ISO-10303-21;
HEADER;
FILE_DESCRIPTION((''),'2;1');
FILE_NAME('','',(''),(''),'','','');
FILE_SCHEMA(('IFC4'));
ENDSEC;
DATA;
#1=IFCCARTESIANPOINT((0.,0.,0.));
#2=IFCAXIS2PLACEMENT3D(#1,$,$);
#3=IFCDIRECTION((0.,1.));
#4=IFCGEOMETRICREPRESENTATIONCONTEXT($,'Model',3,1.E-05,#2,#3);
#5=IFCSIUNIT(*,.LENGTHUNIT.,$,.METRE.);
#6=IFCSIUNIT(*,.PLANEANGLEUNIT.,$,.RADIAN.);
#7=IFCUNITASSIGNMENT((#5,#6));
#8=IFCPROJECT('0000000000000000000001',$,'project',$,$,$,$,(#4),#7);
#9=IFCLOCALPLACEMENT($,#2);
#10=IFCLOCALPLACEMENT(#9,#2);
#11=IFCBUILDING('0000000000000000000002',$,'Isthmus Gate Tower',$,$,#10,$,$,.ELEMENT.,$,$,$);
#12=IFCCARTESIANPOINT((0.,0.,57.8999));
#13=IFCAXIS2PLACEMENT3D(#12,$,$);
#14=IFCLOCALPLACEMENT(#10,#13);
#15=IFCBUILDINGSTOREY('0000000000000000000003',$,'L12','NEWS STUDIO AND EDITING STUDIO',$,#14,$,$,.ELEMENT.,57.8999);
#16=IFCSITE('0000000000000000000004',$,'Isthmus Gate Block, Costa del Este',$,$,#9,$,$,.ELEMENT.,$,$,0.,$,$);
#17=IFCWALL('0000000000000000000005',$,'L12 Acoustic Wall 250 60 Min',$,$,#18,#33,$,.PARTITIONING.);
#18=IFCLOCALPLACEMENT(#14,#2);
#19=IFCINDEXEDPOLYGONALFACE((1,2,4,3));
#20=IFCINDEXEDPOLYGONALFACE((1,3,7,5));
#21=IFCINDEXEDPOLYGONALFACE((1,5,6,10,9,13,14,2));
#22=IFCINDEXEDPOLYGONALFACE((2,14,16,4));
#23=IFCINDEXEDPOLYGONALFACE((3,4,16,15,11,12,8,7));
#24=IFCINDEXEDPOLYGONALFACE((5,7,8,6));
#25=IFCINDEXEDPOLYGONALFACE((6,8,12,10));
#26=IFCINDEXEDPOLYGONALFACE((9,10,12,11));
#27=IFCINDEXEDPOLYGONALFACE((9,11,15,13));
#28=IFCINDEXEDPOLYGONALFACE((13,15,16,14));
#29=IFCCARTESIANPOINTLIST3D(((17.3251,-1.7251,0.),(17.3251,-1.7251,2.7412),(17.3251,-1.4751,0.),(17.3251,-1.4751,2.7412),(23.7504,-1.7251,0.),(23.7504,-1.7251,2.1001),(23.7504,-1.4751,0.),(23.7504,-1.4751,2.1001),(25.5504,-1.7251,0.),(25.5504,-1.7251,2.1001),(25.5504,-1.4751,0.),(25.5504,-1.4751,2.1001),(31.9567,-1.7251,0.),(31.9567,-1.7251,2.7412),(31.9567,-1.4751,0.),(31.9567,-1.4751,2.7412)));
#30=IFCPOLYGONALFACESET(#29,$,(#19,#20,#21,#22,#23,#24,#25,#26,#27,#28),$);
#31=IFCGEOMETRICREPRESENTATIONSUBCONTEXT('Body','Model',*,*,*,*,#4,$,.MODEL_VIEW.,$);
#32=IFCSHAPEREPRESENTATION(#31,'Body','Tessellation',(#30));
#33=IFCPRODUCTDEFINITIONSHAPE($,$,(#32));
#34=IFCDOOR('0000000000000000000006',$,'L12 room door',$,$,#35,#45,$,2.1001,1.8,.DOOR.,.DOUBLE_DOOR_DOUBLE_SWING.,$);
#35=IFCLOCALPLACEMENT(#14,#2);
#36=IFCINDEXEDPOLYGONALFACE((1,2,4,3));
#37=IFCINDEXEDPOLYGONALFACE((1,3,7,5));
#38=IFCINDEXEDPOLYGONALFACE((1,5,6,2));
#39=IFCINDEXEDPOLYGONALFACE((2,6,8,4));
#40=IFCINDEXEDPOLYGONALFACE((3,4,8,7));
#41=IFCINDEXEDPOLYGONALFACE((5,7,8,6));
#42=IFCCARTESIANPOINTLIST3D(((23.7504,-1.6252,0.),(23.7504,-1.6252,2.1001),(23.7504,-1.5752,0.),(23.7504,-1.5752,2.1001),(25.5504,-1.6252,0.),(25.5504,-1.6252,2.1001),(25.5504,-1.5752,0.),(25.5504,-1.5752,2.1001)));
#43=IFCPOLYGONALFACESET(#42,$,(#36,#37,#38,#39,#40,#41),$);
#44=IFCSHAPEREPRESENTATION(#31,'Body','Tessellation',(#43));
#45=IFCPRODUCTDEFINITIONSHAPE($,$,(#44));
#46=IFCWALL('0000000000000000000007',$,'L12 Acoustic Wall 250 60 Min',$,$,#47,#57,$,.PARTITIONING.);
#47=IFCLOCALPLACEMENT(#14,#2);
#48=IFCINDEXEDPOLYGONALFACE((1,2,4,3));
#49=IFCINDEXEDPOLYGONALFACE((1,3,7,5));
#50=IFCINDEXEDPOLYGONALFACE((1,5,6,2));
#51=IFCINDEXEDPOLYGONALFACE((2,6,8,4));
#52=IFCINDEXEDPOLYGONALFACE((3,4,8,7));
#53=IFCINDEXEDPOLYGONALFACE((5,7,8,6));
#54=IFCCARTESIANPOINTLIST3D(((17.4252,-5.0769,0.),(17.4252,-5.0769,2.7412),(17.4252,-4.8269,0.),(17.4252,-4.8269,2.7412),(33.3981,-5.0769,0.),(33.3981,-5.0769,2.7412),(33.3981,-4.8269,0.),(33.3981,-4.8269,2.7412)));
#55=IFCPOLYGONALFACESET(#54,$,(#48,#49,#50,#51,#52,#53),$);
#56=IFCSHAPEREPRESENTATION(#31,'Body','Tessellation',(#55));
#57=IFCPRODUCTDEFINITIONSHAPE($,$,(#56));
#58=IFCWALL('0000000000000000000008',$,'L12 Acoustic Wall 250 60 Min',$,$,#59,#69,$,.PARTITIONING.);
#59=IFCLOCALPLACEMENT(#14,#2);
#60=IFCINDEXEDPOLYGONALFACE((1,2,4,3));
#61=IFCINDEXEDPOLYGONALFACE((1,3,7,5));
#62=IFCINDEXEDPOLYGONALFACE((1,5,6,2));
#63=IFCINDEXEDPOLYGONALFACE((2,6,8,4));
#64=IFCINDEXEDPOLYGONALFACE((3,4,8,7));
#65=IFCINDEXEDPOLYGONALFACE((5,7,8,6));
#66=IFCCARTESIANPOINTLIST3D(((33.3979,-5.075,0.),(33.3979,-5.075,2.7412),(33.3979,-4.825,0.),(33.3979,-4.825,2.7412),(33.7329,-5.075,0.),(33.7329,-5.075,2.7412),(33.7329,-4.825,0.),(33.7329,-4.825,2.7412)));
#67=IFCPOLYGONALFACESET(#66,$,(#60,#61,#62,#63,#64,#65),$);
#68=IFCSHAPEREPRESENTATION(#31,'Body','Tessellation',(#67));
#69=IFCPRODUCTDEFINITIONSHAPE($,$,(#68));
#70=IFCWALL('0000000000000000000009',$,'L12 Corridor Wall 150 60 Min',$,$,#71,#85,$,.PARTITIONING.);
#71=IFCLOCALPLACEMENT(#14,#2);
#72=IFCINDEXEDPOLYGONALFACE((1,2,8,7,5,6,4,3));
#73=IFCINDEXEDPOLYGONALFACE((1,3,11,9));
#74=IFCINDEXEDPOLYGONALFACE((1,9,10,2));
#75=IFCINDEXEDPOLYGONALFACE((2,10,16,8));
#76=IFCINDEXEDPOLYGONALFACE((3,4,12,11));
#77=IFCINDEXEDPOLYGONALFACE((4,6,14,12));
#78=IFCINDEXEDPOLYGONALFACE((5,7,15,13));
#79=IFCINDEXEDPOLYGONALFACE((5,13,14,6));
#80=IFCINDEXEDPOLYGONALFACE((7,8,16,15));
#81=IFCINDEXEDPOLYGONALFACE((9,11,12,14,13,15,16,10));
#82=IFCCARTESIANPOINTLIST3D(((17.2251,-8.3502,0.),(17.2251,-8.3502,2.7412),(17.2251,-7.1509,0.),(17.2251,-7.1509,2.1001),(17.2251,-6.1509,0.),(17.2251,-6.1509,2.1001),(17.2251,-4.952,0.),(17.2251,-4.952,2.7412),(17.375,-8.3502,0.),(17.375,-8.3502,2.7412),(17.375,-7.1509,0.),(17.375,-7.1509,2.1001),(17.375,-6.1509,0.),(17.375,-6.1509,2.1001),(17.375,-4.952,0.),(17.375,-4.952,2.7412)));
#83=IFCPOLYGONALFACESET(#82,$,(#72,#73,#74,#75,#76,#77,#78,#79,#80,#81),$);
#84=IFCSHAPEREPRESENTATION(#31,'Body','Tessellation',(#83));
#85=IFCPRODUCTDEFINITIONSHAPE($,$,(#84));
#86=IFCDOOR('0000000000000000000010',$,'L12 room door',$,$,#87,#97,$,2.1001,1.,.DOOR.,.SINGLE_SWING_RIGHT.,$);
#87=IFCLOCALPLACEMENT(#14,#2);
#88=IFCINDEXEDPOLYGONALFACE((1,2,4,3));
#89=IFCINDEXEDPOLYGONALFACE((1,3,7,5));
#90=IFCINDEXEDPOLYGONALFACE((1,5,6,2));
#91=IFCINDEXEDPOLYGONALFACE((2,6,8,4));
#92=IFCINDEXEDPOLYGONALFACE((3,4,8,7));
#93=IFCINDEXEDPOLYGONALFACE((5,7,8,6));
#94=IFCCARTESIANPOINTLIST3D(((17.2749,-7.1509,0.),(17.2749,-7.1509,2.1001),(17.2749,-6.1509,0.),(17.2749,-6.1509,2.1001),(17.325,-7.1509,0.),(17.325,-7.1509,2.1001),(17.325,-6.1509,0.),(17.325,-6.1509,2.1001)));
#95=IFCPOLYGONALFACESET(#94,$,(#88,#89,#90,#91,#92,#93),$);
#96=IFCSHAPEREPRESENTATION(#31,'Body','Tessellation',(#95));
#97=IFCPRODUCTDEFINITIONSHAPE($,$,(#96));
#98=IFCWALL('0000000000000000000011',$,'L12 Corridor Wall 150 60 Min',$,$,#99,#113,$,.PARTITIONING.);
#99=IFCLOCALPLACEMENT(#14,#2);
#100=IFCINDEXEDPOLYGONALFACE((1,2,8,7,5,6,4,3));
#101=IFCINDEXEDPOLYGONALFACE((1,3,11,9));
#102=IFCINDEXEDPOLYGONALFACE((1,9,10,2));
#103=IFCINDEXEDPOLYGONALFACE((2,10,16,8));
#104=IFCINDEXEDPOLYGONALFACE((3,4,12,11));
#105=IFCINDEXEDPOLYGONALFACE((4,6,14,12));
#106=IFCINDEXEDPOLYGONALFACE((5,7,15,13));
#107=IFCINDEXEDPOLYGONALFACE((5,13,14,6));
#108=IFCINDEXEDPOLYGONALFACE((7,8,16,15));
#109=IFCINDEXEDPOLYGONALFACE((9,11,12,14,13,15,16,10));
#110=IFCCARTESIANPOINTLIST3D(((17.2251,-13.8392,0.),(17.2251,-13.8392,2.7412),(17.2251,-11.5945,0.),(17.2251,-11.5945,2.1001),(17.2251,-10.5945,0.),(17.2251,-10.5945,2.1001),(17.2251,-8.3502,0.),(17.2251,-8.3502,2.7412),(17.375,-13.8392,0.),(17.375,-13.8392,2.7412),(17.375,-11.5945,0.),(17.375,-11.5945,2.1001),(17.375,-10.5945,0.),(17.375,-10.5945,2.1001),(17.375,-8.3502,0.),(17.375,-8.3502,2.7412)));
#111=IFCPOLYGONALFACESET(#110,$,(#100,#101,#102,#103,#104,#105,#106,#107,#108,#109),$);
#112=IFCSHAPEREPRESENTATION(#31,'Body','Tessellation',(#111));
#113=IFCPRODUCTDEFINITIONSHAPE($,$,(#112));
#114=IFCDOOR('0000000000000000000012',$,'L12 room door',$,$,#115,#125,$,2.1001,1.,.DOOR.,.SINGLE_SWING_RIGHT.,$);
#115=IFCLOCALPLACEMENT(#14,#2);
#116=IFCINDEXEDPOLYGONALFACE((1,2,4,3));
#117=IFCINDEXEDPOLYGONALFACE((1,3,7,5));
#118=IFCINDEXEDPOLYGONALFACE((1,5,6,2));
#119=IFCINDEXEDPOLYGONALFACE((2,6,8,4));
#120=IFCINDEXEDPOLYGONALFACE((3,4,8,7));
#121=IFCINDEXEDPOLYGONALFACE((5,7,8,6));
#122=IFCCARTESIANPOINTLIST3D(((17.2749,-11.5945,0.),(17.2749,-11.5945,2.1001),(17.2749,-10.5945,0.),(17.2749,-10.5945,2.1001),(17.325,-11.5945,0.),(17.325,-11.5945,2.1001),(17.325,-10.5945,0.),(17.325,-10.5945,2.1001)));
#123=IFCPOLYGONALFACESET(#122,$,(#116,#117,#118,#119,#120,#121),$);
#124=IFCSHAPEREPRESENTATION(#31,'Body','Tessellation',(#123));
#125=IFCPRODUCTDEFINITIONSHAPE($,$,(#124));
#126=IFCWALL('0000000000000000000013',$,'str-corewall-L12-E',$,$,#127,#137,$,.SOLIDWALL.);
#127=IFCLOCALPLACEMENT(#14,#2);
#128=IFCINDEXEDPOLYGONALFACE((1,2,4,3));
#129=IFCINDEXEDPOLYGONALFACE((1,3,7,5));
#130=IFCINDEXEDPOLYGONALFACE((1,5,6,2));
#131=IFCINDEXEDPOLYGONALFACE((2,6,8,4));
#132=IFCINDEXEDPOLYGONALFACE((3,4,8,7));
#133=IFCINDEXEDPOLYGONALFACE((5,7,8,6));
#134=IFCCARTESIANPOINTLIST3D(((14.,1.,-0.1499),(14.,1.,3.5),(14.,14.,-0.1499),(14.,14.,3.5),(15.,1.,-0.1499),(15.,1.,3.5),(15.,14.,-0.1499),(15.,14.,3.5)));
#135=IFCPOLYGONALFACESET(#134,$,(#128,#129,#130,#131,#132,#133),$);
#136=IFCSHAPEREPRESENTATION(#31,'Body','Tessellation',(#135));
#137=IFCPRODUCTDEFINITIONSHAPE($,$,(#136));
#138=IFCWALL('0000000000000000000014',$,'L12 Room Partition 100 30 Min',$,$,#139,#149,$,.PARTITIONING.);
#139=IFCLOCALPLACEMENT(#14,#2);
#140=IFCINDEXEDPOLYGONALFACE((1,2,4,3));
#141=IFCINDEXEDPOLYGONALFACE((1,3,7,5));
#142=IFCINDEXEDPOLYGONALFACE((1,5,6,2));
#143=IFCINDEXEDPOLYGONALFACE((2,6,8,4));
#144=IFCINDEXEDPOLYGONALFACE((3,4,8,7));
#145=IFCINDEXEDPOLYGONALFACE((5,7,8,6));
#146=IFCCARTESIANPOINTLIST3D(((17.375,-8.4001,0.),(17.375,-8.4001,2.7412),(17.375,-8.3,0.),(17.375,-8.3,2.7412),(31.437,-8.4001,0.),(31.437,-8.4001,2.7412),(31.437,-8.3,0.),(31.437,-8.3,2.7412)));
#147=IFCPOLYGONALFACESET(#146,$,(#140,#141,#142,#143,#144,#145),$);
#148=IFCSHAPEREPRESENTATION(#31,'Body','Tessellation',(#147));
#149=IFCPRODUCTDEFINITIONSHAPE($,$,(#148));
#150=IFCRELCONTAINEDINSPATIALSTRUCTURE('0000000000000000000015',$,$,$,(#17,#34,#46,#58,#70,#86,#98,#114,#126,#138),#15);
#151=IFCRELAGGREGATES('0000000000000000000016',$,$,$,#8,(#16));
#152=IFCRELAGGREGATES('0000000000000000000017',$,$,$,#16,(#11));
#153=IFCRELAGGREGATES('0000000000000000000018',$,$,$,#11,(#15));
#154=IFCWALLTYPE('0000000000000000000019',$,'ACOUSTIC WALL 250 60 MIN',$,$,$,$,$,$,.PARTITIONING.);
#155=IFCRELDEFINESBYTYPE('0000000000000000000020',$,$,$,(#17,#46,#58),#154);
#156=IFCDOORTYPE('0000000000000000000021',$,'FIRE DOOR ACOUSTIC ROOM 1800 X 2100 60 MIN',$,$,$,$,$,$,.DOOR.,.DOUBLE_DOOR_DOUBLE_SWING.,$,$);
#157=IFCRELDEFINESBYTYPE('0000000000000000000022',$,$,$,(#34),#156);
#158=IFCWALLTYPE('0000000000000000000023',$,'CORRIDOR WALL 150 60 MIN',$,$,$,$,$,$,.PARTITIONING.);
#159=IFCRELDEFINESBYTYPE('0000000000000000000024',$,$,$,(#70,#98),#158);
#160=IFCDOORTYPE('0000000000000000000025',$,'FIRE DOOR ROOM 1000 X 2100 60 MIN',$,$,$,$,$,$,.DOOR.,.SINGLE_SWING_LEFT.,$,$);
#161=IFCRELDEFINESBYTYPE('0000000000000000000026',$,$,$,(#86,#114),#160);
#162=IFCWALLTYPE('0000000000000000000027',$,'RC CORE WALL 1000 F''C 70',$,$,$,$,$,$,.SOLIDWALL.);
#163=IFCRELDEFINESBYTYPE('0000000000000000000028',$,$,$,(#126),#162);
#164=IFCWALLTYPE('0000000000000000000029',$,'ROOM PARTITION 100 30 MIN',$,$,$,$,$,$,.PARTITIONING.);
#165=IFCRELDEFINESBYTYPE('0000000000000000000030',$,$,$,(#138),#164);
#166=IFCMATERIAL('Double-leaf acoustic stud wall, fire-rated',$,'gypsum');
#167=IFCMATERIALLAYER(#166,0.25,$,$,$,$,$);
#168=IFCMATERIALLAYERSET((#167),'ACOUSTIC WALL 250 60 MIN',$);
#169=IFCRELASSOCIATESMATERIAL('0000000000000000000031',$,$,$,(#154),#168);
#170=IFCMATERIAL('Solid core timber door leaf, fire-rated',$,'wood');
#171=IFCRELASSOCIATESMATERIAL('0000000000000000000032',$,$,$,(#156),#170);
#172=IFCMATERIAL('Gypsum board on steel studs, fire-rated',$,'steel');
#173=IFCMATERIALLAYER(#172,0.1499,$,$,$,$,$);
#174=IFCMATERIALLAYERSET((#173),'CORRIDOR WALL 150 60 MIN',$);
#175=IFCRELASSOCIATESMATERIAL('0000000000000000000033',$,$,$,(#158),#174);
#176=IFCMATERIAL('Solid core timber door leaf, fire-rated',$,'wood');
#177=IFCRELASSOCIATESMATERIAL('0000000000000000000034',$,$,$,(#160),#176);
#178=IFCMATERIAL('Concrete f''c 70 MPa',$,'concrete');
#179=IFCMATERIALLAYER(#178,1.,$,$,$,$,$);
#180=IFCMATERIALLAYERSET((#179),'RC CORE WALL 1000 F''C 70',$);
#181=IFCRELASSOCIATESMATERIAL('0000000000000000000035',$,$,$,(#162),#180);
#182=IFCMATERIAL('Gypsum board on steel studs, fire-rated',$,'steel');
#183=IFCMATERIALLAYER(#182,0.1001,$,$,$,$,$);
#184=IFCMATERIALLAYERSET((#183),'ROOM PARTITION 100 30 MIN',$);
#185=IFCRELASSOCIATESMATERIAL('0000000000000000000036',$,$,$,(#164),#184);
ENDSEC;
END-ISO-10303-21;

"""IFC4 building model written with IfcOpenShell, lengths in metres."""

from ifc_helpers import new_model, si_unit, direction, frame, frame_2d, origin, place, context, subcontext, project, spatial, rectangle, extrude, material, layer, layer_set, type_object, element, fill, save


model = new_model("IFC4")

# Units and contexts
model_context = context("Model", 3, precision=1e-05, world=origin(), true_north=direction((0.0, 1.0)))
body_context = subcontext(model_context, "Body", "Model", "MODEL_VIEW")
ifc_project = project(units=[si_unit("LENGTHUNIT", "METRE"), si_unit("PLANEANGLEUNIT", "RADIAN")], contexts=[model_context])

# Site, building, storey
site_placement = place(None, origin())
site = spatial("IfcSite", under=ifc_project, at=site_placement, Name="Isthmus Gate Block, Costa del Este", CompositionType="ELEMENT", RefElevation=0.0)
building_placement = place(site_placement, origin())
building = spatial("IfcBuilding", under=site, at=building_placement, Name="Isthmus Gate Tower", CompositionType="ELEMENT")
storey_placement = place(building_placement, frame((0.0, 0.0, 57.8999)))
storey = spatial("IfcBuildingStorey", under=building, at=storey_placement, Name="L12", Description="NEWS STUDIO AND EDITING STUDIO", CompositionType="ELEMENT", Elevation=57.8999)

# Shared definitions
ifc_material_1 = material(Name="Double-leaf acoustic stud wall, fire-rated", Category="gypsum")
ifc_layer_1 = layer(ifc_material_1, 0.25)
ifc_layer_set_1 = layer_set([ifc_layer_1], Name="ACOUSTIC WALL 250 60 MIN")
wall_type_1 = type_object("IfcWallType", Name="ACOUSTIC WALL 250 60 MIN", PredefinedType="PARTITIONING", material=ifc_layer_set_1)

# Shared definitions
ifc_material_2 = material(Name="Solid core timber door leaf, fire-rated", Category="wood")
door_type_1 = type_object("IfcDoorType", Name="FIRE DOOR ACOUSTIC ROOM 1800 X 2100 60 MIN", OperationType="DOUBLE_DOOR_DOUBLE_SWING", PredefinedType="DOOR", material=ifc_material_2)

# Wall, opening, door
wall_1_placement = place(storey_placement, frame((17.325, -1.6001, 0.0), z_axis=(0.0, 0.0, 1.0), x_axis=(1.0, 0.0, 0.0)))
wall_1 = element("IfcWall", 1, at=wall_1_placement, inside=storey, type_object=wall_type_1, Name="L12 Acoustic Wall 250 60 Min", PredefinedType="PARTITIONING", context=body_context, shape_type="SweptSolid", body=[
    extrude(rectangle(XDim=14.6316, YDim=0.25, at=frame_2d((7.3159, 0.0))), origin(), (0.0, 0.0, 1.0), 2.7412),
])
opening_1_placement = place(wall_1_placement, frame((6.4255, 0.0, 0.0)))
opening_1 = element("IfcOpeningElement", 2, at=opening_1_placement, cuts=wall_1, PredefinedType="OPENING", context=body_context, shape_type="SweptSolid", body=[
    extrude(rectangle(XDim=1.8, YDim=2.1001, at=frame_2d((0.8999, 1.05))), frame((0.0, 0.135, 0.0), z_axis=(0.0, -1.0, 0.0), x_axis=(1.0, 0.0, 0.0)), (0.0, 0.0, 1.0), 0.27),
])
door_1_placement = place(opening_1_placement, origin())
door_1 = element("IfcDoor", 3, at=door_1_placement, inside=storey, type_object=door_type_1, Name="L12 room door", OperationType="DOUBLE_DOOR_DOUBLE_SWING", OverallHeight=2.1001, OverallWidth=1.8, PredefinedType="DOOR", context=body_context, shape_type="SweptSolid", body=[
    extrude(rectangle(XDim=1.8, YDim=2.1001, at=frame_2d((0.8999, 1.05))), frame((0.0, 0.0249, 0.0), z_axis=(0.0, -1.0, 0.0), x_axis=(1.0, 0.0, 0.0)), (0.0, 0.0, 1.0), 0.05),
])
fill(opening_1, door_1)

# Walls
wall_2_placement = place(storey_placement, frame((33.3979, -4.9519, 0.0), z_axis=(0.0, 0.0, 1.0), x_axis=(-1.0, 0.0, 0.0)))
element("IfcWall", 4, at=wall_2_placement, inside=storey, type_object=wall_type_1, Name="L12 Acoustic Wall 250 60 Min", PredefinedType="PARTITIONING", context=body_context, shape_type="SweptSolid", body=[
    extrude(rectangle(XDim=15.9729, YDim=0.25, at=frame_2d((7.9863, 0.0))), origin(), (0.0, 0.0, 1.0), 2.7412),
])
wall_3_placement = place(storey_placement, frame((33.3979, -4.95, 0.0), z_axis=(0.0, 0.0, 1.0), x_axis=(1.0, 0.0, 0.0)))
element("IfcWall", 5, at=wall_3_placement, inside=storey, type_object=wall_type_1, Name="L12 Acoustic Wall 250 60 Min", PredefinedType="PARTITIONING", context=body_context, shape_type="SweptSolid", body=[
    extrude(rectangle(XDim=0.335, YDim=0.25, at=frame_2d((0.1675, 0.0))), origin(), (0.0, 0.0, 1.0), 2.7412),
])

# Walls, openings, doors
ifc_material_3 = material(Name="Gypsum board on steel studs, fire-rated", Category="steel")
ifc_layer_2 = layer(ifc_material_3, 0.1499)
ifc_layer_set_2 = layer_set([ifc_layer_2], Name="CORRIDOR WALL 150 60 MIN")
wall_type_2 = type_object("IfcWallType", Name="CORRIDOR WALL 150 60 MIN", PredefinedType="PARTITIONING", material=ifc_layer_set_2)
wall_4_placement = place(storey_placement, frame((17.3, -4.9519, 0.0), z_axis=(0.0, 0.0, 1.0), x_axis=(0.0, -1.0, 0.0)))
wall_4 = element("IfcWall", 6, at=wall_4_placement, inside=storey, type_object=wall_type_2, Name="L12 Corridor Wall 150 60 Min", PredefinedType="PARTITIONING", context=body_context, shape_type="SweptSolid", body=[
    extrude(rectangle(XDim=3.3982, YDim=0.1499, at=frame_2d((1.6992, 0.0))), origin(), (0.0, 0.0, 1.0), 2.7412),
])
opening_2_placement = place(wall_4_placement, frame((1.199, 0.0, 0.0)))
opening_2 = element("IfcOpeningElement", 7, at=opening_2_placement, cuts=wall_4, PredefinedType="OPENING", context=body_context, shape_type="SweptSolid", body=[
    extrude(rectangle(XDim=1.0, YDim=2.1001, at=frame_2d((0.5, 1.05))), frame((0.0, 0.085, 0.0), z_axis=(0.0, -1.0, 0.0), x_axis=(1.0, 0.0, 0.0)), (0.0, 0.0, 1.0), 0.1699),
])
ifc_material_4 = material(Name="Solid core timber door leaf, fire-rated", Category="wood")
door_type_2 = type_object("IfcDoorType", Name="FIRE DOOR ROOM 1000 X 2100 60 MIN", OperationType="SINGLE_SWING_LEFT", PredefinedType="DOOR", material=ifc_material_4)
door_2_placement = place(opening_2_placement, origin())
door_2 = element("IfcDoor", 8, at=door_2_placement, inside=storey, type_object=door_type_2, Name="L12 room door", OperationType="SINGLE_SWING_RIGHT", OverallHeight=2.1001, OverallWidth=1.0, PredefinedType="DOOR", context=body_context, shape_type="SweptSolid", body=[
    extrude(rectangle(XDim=1.0, YDim=2.1001, at=frame_2d((0.5, 1.05))), frame((0.0, 0.0249, 0.0), z_axis=(0.0, -1.0, 0.0), x_axis=(1.0, 0.0, 0.0)), (0.0, 0.0, 1.0), 0.05),
])
fill(opening_2, door_2)
wall_5_placement = place(storey_placement, frame((17.3, -8.3501, 0.0), z_axis=(0.0, 0.0, 1.0), x_axis=(0.0, -1.0, 0.0)))
wall_5 = element("IfcWall", 9, at=wall_5_placement, inside=storey, type_object=wall_type_2, Name="L12 Corridor Wall 150 60 Min", PredefinedType="PARTITIONING", context=body_context, shape_type="SweptSolid", body=[
    extrude(rectangle(XDim=5.489, YDim=0.1499, at=frame_2d((2.7446, 0.0))), origin(), (0.0, 0.0, 1.0), 2.7412),
])
opening_3_placement = place(wall_5_placement, frame((2.2444, 0.0, 0.0)))
opening_3 = element("IfcOpeningElement", 10, at=opening_3_placement, cuts=wall_5, PredefinedType="OPENING", context=body_context, shape_type="SweptSolid", body=[
    extrude(rectangle(XDim=1.0, YDim=2.1001, at=frame_2d((0.5, 1.05))), frame((0.0, 0.085, 0.0), z_axis=(0.0, -1.0, 0.0), x_axis=(1.0, 0.0, 0.0)), (0.0, 0.0, 1.0), 0.1699),
])
door_3_placement = place(opening_3_placement, origin())
door_3 = element("IfcDoor", 11, at=door_3_placement, inside=storey, type_object=door_type_2, Name="L12 room door", OperationType="SINGLE_SWING_RIGHT", OverallHeight=2.1001, OverallWidth=1.0, PredefinedType="DOOR", context=body_context, shape_type="SweptSolid", body=[
    extrude(rectangle(XDim=1.0, YDim=2.1001, at=frame_2d((0.5, 1.05))), frame((0.0, 0.0249, 0.0), z_axis=(0.0, -1.0, 0.0), x_axis=(1.0, 0.0, 0.0)), (0.0, 0.0, 1.0), 0.05),
])
fill(opening_3, door_3)

# Walls
ifc_material_5 = material(Name="Concrete f'c 70 MPa", Category="concrete")
ifc_layer_3 = layer(ifc_material_5, 1.0)
ifc_layer_set_3 = layer_set([ifc_layer_3], Name="RC CORE WALL 1000 F'C 70")
wall_type_3 = type_object("IfcWallType", Name="RC CORE WALL 1000 F'C 70", PredefinedType="SOLIDWALL", material=ifc_layer_set_3)
wall_6_placement = place(storey_placement, frame((14.5, 1.0, -0.1499), z_axis=(0.0, 0.0, 1.0), x_axis=(0.0, 1.0, 0.0)))
element("IfcWall", 12, at=wall_6_placement, inside=storey, type_object=wall_type_3, Name="str-corewall-L12-E", PredefinedType="SOLIDWALL", context=body_context, shape_type="SweptSolid", body=[
    extrude(rectangle(XDim=13.0, YDim=1.0, at=frame_2d((6.5, 0.0))), origin(), (0.0, 0.0, 1.0), 3.6499),
])
ifc_material_6 = material(Name="Gypsum board on steel studs, fire-rated", Category="steel")
ifc_layer_4 = layer(ifc_material_6, 0.1001)
ifc_layer_set_4 = layer_set([ifc_layer_4], Name="ROOM PARTITION 100 30 MIN")
wall_type_4 = type_object("IfcWallType", Name="ROOM PARTITION 100 30 MIN", PredefinedType="PARTITIONING", material=ifc_layer_set_4)
wall_7_placement = place(storey_placement, frame((17.375, -8.3501, 0.0), z_axis=(0.0, 0.0, 1.0), x_axis=(1.0, 0.0, 0.0)))
element("IfcWall", 13, at=wall_7_placement, inside=storey, type_object=wall_type_4, Name="L12 Room Partition 100 30 Min", PredefinedType="PARTITIONING", context=body_context, shape_type="SweptSolid", body=[
    extrude(rectangle(XDim=14.062, YDim=0.1001, at=frame_2d((7.031, 0.0))), origin(), (0.0, 0.0, 1.0), 2.7412),
])

save(model, "model.ifc")
